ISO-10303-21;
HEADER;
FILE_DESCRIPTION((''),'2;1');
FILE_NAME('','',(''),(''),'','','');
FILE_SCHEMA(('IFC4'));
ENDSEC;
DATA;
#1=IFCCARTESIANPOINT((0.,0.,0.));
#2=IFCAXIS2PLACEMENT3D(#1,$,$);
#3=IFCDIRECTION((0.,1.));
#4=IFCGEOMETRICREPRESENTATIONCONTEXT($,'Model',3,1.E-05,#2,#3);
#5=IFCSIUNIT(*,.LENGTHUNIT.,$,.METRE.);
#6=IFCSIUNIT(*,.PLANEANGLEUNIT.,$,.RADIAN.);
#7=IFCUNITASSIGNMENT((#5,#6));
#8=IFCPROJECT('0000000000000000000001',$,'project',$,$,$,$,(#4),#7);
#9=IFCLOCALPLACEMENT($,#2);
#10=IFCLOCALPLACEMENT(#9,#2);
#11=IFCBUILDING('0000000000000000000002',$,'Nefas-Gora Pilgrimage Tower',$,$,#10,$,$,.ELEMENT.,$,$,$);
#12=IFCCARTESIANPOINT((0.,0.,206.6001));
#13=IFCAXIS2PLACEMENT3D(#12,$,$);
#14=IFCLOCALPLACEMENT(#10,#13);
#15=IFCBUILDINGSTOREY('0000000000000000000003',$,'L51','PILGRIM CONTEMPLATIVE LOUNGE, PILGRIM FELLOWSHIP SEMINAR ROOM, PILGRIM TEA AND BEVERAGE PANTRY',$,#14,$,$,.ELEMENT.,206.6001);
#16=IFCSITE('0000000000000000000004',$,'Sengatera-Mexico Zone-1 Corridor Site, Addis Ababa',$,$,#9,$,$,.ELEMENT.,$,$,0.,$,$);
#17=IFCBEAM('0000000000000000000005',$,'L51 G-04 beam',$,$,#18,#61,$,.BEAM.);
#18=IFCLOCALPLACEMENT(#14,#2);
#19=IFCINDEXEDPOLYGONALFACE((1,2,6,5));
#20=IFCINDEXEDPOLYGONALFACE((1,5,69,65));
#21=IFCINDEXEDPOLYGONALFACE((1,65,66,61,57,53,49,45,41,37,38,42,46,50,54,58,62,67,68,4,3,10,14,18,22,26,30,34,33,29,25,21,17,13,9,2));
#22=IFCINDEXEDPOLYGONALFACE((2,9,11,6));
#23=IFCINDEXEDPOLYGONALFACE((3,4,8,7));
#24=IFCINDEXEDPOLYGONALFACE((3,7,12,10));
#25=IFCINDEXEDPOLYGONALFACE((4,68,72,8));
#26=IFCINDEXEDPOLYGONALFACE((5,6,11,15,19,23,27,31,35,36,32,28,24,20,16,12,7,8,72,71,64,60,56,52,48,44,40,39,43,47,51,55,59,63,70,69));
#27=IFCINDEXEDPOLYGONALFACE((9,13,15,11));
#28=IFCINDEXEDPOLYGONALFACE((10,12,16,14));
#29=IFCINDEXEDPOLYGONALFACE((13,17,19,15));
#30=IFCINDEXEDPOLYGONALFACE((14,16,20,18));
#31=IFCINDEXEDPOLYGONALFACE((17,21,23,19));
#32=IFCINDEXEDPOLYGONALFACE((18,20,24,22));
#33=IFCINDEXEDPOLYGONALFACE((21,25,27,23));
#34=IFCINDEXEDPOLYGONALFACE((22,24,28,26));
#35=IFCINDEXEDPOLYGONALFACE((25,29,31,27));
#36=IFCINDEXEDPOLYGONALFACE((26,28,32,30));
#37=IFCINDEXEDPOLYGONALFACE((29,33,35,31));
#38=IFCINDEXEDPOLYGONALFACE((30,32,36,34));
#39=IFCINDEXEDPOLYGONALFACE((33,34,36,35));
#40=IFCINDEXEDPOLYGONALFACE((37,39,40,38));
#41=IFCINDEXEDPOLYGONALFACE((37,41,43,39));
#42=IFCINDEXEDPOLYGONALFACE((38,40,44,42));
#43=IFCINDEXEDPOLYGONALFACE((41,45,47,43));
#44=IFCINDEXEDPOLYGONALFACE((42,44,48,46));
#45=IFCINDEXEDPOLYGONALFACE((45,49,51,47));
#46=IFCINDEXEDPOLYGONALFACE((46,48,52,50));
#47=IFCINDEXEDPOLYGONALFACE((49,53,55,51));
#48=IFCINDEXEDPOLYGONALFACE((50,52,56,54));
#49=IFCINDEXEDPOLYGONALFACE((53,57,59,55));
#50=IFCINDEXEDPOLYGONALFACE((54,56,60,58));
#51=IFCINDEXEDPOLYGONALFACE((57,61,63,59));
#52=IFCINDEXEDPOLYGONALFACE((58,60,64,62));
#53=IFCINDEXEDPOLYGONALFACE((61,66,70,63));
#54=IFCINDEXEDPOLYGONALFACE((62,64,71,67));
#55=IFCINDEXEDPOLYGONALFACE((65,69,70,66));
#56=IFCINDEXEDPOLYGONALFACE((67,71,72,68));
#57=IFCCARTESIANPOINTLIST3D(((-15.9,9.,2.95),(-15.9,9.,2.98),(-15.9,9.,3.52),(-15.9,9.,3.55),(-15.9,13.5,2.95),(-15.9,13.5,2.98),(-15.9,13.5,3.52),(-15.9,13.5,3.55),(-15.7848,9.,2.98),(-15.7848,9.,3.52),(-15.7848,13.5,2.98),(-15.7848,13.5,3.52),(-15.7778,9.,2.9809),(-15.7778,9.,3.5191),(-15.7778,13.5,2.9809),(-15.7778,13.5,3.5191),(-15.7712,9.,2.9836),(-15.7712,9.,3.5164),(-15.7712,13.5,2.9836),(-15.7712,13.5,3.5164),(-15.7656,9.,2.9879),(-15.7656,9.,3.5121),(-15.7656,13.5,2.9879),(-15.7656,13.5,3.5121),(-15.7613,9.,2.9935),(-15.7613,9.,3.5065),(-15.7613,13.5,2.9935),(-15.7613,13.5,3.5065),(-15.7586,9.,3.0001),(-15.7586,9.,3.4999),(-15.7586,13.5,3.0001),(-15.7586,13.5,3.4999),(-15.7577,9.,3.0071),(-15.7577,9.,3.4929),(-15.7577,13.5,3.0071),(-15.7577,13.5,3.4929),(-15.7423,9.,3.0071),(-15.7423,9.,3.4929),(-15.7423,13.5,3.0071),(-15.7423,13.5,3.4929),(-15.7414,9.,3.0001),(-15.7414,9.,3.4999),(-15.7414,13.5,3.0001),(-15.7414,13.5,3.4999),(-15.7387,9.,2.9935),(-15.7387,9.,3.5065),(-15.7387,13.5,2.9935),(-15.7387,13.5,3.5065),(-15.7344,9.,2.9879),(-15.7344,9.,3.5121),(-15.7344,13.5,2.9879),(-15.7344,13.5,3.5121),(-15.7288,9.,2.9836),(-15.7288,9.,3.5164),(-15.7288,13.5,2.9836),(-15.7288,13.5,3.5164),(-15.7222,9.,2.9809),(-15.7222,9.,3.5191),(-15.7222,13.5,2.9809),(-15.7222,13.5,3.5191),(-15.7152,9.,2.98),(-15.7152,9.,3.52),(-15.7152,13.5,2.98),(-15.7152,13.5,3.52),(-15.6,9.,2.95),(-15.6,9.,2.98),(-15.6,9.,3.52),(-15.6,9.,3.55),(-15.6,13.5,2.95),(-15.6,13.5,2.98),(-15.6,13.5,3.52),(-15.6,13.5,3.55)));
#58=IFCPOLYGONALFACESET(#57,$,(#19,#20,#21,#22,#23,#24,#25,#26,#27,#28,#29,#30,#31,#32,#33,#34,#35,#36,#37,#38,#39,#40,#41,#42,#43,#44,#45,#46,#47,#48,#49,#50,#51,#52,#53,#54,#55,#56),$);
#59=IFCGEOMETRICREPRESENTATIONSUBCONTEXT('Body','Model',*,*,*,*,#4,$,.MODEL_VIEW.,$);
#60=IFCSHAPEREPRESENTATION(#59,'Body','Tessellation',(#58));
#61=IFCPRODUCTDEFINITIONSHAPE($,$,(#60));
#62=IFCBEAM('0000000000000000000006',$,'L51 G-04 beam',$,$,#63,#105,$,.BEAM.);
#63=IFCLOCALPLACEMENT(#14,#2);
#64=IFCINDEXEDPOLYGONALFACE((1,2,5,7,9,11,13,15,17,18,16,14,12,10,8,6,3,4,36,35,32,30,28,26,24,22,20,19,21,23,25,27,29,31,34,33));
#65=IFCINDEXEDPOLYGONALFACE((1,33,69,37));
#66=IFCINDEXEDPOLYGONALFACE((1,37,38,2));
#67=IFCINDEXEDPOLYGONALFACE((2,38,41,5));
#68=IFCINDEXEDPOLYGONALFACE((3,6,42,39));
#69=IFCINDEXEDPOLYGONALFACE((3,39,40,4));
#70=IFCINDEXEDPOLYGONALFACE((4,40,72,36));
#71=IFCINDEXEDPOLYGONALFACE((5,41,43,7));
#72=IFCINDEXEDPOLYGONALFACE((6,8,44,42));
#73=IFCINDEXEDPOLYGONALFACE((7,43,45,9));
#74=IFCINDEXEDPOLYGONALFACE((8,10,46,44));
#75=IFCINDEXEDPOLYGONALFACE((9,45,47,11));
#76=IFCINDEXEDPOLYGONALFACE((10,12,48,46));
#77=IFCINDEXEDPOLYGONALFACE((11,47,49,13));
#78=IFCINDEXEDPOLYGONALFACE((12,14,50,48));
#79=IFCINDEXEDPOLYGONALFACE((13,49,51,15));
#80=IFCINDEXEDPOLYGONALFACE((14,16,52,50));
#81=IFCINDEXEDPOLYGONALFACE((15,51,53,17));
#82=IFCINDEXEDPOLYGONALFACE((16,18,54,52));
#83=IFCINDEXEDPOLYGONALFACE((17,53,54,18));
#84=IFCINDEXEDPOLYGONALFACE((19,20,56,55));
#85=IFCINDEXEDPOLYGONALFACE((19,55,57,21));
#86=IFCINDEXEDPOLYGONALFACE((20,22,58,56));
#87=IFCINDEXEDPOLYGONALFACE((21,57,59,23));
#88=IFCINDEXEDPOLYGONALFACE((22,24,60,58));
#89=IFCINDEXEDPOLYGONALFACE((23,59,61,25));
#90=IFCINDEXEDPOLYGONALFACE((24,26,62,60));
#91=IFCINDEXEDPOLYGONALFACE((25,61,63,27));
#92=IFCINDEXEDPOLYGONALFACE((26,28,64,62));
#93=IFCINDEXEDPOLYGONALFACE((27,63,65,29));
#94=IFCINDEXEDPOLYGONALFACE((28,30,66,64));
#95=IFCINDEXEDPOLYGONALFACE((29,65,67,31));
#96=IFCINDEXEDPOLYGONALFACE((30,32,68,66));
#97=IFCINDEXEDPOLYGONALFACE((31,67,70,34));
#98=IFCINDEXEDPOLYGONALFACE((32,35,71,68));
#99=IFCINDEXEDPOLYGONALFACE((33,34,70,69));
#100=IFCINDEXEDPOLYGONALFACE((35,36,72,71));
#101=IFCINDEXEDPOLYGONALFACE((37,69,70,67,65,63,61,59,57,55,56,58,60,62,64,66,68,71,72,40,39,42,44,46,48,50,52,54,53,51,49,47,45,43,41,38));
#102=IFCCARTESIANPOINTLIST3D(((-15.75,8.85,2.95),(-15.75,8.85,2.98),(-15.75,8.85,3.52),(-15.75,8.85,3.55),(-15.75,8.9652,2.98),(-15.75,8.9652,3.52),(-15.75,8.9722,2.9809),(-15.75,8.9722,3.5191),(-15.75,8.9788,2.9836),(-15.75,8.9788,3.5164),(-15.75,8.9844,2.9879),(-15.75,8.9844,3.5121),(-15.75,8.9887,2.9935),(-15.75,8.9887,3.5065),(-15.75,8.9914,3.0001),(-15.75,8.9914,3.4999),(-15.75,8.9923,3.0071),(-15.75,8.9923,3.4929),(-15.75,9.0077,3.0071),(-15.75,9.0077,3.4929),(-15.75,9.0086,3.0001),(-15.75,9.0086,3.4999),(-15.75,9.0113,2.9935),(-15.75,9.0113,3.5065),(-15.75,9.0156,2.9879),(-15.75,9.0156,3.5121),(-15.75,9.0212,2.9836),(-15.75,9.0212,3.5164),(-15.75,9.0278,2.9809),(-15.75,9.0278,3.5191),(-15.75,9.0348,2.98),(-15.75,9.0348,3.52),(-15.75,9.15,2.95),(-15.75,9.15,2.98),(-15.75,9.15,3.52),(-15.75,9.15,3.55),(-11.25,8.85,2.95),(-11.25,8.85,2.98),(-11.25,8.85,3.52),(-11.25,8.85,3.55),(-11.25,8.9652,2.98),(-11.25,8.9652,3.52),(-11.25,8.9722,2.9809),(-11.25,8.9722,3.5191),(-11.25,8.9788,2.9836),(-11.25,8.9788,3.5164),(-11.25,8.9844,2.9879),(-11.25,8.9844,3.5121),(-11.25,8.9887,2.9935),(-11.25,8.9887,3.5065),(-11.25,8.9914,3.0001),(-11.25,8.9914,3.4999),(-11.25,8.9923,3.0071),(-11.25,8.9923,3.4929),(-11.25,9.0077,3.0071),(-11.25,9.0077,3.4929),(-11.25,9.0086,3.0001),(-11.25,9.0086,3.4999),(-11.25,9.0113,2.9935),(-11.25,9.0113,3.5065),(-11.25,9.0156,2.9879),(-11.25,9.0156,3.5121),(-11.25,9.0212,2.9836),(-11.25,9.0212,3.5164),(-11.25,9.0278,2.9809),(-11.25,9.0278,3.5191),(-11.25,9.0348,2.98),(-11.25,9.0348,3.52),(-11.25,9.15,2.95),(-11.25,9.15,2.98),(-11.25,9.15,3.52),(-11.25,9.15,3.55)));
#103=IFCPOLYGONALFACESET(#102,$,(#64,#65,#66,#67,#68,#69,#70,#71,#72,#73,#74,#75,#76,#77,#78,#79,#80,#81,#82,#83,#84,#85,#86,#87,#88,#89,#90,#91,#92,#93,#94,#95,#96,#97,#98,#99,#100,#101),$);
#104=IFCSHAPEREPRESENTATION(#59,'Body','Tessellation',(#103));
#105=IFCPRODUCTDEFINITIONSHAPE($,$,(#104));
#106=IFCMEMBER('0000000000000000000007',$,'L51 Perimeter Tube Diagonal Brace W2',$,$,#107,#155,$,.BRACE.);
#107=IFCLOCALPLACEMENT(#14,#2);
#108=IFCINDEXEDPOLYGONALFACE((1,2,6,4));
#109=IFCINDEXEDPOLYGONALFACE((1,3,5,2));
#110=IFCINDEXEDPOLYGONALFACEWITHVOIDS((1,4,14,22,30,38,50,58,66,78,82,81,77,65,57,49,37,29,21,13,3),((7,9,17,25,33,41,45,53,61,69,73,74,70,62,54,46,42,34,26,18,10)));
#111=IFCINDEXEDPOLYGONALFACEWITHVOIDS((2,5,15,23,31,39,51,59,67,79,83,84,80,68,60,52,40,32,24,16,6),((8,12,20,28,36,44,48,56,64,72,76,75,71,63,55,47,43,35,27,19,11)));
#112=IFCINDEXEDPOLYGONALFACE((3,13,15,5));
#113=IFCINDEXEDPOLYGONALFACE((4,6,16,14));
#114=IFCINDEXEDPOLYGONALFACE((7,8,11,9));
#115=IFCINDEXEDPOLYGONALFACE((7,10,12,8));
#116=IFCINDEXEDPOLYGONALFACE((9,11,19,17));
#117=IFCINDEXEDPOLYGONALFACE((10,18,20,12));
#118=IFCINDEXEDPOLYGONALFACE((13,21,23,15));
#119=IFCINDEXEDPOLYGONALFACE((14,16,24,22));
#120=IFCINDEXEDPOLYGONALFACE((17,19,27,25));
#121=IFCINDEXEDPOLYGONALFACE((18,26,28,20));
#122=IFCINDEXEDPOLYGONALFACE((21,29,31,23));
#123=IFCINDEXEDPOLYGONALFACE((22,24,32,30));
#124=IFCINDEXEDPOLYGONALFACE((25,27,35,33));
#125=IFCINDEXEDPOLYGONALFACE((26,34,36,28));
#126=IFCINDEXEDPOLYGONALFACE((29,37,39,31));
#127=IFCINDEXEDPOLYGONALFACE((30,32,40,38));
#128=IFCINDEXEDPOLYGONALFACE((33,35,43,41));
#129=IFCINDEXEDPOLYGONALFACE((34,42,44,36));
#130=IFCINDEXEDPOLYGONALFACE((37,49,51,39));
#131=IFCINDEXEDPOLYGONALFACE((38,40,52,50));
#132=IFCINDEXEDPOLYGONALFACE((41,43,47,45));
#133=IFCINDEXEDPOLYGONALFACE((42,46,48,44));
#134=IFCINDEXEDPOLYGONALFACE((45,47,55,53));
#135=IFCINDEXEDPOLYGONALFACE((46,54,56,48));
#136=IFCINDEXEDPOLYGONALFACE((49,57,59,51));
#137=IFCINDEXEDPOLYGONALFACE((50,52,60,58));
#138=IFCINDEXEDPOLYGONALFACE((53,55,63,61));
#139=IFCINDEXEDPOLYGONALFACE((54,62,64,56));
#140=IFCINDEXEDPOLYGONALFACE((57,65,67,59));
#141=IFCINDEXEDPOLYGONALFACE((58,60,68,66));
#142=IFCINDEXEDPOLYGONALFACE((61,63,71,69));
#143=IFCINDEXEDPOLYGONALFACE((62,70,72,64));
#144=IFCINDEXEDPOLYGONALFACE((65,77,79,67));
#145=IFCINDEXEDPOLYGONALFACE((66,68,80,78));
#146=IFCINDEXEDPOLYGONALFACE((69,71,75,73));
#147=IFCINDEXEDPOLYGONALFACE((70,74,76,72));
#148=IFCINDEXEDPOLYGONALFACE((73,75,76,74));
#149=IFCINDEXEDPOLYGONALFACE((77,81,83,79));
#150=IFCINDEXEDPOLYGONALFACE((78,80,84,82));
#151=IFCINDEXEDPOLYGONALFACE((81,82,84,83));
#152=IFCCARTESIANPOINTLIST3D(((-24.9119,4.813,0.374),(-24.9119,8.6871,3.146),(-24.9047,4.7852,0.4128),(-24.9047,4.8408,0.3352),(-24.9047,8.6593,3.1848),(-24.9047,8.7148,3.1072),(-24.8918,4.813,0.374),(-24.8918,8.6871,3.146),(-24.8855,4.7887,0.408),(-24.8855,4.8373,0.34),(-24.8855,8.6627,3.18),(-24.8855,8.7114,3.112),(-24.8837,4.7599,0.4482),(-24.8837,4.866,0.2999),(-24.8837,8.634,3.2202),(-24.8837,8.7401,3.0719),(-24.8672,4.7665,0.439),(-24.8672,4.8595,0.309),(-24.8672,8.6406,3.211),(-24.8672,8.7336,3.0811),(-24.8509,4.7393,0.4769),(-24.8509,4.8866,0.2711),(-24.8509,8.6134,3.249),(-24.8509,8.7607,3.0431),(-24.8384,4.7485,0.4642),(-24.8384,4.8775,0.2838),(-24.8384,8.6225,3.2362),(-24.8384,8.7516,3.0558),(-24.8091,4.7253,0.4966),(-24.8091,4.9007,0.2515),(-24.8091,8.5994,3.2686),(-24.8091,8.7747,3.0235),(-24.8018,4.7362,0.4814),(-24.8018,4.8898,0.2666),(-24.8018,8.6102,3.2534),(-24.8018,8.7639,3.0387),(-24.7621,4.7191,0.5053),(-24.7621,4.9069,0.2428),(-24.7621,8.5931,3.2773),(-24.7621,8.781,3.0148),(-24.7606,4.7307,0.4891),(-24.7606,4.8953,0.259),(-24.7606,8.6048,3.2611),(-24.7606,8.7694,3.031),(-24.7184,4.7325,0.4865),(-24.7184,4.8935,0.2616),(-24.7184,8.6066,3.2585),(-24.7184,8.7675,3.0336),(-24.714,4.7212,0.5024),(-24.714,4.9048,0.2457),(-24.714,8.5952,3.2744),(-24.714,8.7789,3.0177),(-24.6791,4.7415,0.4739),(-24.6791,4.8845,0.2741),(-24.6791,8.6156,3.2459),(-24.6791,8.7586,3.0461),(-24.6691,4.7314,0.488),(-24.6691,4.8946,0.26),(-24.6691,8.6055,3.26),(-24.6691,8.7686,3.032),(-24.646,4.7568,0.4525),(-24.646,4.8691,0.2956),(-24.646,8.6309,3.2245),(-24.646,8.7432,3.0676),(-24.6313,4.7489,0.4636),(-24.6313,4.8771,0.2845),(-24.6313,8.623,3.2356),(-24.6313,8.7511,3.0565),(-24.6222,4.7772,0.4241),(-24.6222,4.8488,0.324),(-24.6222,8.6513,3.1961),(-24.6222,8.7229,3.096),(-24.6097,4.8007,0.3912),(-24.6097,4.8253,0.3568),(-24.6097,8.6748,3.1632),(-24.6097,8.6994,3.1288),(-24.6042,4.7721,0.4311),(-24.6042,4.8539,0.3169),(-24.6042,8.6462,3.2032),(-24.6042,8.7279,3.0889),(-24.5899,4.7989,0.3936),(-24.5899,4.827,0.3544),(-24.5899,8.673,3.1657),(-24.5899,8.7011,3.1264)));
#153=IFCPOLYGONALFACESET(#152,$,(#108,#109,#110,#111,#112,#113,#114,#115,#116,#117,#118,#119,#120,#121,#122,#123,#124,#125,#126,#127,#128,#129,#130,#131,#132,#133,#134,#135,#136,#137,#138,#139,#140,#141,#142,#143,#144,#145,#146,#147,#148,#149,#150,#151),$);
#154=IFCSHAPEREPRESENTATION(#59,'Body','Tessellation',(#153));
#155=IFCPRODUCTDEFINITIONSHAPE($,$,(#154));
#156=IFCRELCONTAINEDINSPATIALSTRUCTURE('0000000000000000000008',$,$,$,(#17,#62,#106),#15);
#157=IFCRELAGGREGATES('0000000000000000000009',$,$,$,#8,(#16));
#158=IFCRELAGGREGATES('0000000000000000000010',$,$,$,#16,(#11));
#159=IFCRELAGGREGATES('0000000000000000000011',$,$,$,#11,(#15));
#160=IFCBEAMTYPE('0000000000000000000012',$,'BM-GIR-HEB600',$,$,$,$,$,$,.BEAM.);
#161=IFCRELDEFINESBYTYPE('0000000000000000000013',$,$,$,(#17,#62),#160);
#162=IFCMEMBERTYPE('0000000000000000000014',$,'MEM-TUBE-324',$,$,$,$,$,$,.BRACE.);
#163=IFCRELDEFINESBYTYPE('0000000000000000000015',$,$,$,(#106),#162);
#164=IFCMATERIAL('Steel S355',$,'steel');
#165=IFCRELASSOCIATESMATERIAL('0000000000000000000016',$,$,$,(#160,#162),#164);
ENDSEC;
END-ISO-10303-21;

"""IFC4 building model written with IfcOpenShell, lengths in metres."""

from ifc_helpers import new_model, si_unit, direction, frame, origin, origin_2d, place, context, subcontext, project, spatial, hollow_circle, i_section, extrude, source, transform, mapped, material, material_profile, profile_set, type_object, element, save


model = new_model("IFC4")

# Units and contexts
model_context = context("Model", 3, precision=1e-05, world=origin(), true_north=direction((0.0, 1.0)))
body_context = subcontext(model_context, "Body", "Model", "MODEL_VIEW")
ifc_project = project(units=[si_unit("LENGTHUNIT", "METRE"), si_unit("PLANEANGLEUNIT", "RADIAN")], contexts=[model_context])

# Site, building, storey
site_placement = place(None, origin())
site = spatial("IfcSite", under=ifc_project, at=site_placement, Name="Sengatera-Mexico Zone-1 Corridor Site, Addis Ababa", CompositionType="ELEMENT", RefElevation=0.0)
building_placement = place(site_placement, origin())
building = spatial("IfcBuilding", under=site, at=building_placement, Name="Nefas-Gora Pilgrimage Tower", CompositionType="ELEMENT")
storey_placement = place(building_placement, frame((0.0, 0.0, 206.6001)))
storey = spatial("IfcBuildingStorey", under=building, at=storey_placement, Name="L51", Description="PILGRIM CONTEMPLATIVE LOUNGE, PILGRIM FELLOWSHIP SEMINAR ROOM, PILGRIM TEA AND BEVERAGE PANTRY", CompositionType="ELEMENT", Elevation=206.6001)

# Beams
ifc_material_1 = material(Name="Steel S355", Category="steel")
ifc_material_profile_1 = material_profile(ifc_material_1, i_section(OverallWidth=0.3, OverallDepth=0.6001, WebThickness=0.0154, FlangeThickness=0.03, FilletRadius=0.0271, at=origin_2d()), Name="HEB 600")
ifc_profile_set_1 = profile_set([ifc_material_profile_1], Name="Steel S355")
beam_type_1 = type_object("IfcBeamType", Name="BM-GIR-HEB600", PredefinedType="BEAM", material=ifc_profile_set_1)
shared_shape_1 = source(origin(), body_context, "Body", "SweptSolid", [
    extrude(i_section(OverallWidth=0.3, OverallDepth=0.6001, WebThickness=0.0154, FlangeThickness=0.03, FilletRadius=0.0271, at=origin_2d()), origin(), (0.0, 0.0, 1.0), 4.5),
])
for number, where, z_axis, x_axis, name in (
    (1, (-15.75, 9.0, 3.25), (0.0, 1.0, 0.0), (-1.0, 0.0, 0.0), "L51 G-04 beam"),
    (2, (-15.75, 9.0, 3.25), (1.0, 0.0, 0.0), (0.0, 1.0, 0.0), "L51 G-04 beam"),
):
    element("IfcBeam", number, at=place(storey_placement, frame(where, z_axis=z_axis, x_axis=x_axis)), inside=storey, type_object=beam_type_1, Name=name, PredefinedType="BEAM", context=body_context, shape_type="MappedRepresentation", body=[
        mapped(shared_shape_1, transform((0.0, 0.0, 0.0), x_axis=(1.0, 0.0, 0.0), y_axis=(0.0, 1.0, 0.0), z_axis=(0.0, 0.0, 1.0), scale=1.0)),
    ])

# Member
ifc_material_profile_2 = material_profile(ifc_material_1, hollow_circle(Radius=0.1619, WallThickness=0.02, at=origin_2d()), Name="CHS 323.9x20")
ifc_profile_set_2 = profile_set([ifc_material_profile_2], Name="Steel S355")
member_type_1 = type_object("IfcMemberType", Name="MEM-TUBE-324", PredefinedType="BRACE", material=ifc_profile_set_2)
shared_shape_2 = source(origin(), body_context, "Body", "SweptSolid", [
    extrude(hollow_circle(Radius=0.1619, WallThickness=0.02, at=origin_2d()), origin(), (0.0, 0.0, 1.0), 4.7637),
])
member_1_placement = place(storey_placement, frame((-24.75, 4.813, 0.374), z_axis=(0.0, 0.813255, 0.581907), x_axis=(-1.0, 0.0, 0.0)))
element("IfcMember", 3, at=member_1_placement, inside=storey, type_object=member_type_1, Name="L51 Perimeter Tube Diagonal Brace W2", PredefinedType="BRACE", context=body_context, shape_type="MappedRepresentation", body=[
    mapped(shared_shape_2, transform((0.0, 0.0, 0.0), x_axis=(1.0, 0.0, 0.0), y_axis=(0.0, 1.0, 0.0), z_axis=(0.0, 0.0, 1.0), scale=1.0)),
])

save(model, "model.ifc")
